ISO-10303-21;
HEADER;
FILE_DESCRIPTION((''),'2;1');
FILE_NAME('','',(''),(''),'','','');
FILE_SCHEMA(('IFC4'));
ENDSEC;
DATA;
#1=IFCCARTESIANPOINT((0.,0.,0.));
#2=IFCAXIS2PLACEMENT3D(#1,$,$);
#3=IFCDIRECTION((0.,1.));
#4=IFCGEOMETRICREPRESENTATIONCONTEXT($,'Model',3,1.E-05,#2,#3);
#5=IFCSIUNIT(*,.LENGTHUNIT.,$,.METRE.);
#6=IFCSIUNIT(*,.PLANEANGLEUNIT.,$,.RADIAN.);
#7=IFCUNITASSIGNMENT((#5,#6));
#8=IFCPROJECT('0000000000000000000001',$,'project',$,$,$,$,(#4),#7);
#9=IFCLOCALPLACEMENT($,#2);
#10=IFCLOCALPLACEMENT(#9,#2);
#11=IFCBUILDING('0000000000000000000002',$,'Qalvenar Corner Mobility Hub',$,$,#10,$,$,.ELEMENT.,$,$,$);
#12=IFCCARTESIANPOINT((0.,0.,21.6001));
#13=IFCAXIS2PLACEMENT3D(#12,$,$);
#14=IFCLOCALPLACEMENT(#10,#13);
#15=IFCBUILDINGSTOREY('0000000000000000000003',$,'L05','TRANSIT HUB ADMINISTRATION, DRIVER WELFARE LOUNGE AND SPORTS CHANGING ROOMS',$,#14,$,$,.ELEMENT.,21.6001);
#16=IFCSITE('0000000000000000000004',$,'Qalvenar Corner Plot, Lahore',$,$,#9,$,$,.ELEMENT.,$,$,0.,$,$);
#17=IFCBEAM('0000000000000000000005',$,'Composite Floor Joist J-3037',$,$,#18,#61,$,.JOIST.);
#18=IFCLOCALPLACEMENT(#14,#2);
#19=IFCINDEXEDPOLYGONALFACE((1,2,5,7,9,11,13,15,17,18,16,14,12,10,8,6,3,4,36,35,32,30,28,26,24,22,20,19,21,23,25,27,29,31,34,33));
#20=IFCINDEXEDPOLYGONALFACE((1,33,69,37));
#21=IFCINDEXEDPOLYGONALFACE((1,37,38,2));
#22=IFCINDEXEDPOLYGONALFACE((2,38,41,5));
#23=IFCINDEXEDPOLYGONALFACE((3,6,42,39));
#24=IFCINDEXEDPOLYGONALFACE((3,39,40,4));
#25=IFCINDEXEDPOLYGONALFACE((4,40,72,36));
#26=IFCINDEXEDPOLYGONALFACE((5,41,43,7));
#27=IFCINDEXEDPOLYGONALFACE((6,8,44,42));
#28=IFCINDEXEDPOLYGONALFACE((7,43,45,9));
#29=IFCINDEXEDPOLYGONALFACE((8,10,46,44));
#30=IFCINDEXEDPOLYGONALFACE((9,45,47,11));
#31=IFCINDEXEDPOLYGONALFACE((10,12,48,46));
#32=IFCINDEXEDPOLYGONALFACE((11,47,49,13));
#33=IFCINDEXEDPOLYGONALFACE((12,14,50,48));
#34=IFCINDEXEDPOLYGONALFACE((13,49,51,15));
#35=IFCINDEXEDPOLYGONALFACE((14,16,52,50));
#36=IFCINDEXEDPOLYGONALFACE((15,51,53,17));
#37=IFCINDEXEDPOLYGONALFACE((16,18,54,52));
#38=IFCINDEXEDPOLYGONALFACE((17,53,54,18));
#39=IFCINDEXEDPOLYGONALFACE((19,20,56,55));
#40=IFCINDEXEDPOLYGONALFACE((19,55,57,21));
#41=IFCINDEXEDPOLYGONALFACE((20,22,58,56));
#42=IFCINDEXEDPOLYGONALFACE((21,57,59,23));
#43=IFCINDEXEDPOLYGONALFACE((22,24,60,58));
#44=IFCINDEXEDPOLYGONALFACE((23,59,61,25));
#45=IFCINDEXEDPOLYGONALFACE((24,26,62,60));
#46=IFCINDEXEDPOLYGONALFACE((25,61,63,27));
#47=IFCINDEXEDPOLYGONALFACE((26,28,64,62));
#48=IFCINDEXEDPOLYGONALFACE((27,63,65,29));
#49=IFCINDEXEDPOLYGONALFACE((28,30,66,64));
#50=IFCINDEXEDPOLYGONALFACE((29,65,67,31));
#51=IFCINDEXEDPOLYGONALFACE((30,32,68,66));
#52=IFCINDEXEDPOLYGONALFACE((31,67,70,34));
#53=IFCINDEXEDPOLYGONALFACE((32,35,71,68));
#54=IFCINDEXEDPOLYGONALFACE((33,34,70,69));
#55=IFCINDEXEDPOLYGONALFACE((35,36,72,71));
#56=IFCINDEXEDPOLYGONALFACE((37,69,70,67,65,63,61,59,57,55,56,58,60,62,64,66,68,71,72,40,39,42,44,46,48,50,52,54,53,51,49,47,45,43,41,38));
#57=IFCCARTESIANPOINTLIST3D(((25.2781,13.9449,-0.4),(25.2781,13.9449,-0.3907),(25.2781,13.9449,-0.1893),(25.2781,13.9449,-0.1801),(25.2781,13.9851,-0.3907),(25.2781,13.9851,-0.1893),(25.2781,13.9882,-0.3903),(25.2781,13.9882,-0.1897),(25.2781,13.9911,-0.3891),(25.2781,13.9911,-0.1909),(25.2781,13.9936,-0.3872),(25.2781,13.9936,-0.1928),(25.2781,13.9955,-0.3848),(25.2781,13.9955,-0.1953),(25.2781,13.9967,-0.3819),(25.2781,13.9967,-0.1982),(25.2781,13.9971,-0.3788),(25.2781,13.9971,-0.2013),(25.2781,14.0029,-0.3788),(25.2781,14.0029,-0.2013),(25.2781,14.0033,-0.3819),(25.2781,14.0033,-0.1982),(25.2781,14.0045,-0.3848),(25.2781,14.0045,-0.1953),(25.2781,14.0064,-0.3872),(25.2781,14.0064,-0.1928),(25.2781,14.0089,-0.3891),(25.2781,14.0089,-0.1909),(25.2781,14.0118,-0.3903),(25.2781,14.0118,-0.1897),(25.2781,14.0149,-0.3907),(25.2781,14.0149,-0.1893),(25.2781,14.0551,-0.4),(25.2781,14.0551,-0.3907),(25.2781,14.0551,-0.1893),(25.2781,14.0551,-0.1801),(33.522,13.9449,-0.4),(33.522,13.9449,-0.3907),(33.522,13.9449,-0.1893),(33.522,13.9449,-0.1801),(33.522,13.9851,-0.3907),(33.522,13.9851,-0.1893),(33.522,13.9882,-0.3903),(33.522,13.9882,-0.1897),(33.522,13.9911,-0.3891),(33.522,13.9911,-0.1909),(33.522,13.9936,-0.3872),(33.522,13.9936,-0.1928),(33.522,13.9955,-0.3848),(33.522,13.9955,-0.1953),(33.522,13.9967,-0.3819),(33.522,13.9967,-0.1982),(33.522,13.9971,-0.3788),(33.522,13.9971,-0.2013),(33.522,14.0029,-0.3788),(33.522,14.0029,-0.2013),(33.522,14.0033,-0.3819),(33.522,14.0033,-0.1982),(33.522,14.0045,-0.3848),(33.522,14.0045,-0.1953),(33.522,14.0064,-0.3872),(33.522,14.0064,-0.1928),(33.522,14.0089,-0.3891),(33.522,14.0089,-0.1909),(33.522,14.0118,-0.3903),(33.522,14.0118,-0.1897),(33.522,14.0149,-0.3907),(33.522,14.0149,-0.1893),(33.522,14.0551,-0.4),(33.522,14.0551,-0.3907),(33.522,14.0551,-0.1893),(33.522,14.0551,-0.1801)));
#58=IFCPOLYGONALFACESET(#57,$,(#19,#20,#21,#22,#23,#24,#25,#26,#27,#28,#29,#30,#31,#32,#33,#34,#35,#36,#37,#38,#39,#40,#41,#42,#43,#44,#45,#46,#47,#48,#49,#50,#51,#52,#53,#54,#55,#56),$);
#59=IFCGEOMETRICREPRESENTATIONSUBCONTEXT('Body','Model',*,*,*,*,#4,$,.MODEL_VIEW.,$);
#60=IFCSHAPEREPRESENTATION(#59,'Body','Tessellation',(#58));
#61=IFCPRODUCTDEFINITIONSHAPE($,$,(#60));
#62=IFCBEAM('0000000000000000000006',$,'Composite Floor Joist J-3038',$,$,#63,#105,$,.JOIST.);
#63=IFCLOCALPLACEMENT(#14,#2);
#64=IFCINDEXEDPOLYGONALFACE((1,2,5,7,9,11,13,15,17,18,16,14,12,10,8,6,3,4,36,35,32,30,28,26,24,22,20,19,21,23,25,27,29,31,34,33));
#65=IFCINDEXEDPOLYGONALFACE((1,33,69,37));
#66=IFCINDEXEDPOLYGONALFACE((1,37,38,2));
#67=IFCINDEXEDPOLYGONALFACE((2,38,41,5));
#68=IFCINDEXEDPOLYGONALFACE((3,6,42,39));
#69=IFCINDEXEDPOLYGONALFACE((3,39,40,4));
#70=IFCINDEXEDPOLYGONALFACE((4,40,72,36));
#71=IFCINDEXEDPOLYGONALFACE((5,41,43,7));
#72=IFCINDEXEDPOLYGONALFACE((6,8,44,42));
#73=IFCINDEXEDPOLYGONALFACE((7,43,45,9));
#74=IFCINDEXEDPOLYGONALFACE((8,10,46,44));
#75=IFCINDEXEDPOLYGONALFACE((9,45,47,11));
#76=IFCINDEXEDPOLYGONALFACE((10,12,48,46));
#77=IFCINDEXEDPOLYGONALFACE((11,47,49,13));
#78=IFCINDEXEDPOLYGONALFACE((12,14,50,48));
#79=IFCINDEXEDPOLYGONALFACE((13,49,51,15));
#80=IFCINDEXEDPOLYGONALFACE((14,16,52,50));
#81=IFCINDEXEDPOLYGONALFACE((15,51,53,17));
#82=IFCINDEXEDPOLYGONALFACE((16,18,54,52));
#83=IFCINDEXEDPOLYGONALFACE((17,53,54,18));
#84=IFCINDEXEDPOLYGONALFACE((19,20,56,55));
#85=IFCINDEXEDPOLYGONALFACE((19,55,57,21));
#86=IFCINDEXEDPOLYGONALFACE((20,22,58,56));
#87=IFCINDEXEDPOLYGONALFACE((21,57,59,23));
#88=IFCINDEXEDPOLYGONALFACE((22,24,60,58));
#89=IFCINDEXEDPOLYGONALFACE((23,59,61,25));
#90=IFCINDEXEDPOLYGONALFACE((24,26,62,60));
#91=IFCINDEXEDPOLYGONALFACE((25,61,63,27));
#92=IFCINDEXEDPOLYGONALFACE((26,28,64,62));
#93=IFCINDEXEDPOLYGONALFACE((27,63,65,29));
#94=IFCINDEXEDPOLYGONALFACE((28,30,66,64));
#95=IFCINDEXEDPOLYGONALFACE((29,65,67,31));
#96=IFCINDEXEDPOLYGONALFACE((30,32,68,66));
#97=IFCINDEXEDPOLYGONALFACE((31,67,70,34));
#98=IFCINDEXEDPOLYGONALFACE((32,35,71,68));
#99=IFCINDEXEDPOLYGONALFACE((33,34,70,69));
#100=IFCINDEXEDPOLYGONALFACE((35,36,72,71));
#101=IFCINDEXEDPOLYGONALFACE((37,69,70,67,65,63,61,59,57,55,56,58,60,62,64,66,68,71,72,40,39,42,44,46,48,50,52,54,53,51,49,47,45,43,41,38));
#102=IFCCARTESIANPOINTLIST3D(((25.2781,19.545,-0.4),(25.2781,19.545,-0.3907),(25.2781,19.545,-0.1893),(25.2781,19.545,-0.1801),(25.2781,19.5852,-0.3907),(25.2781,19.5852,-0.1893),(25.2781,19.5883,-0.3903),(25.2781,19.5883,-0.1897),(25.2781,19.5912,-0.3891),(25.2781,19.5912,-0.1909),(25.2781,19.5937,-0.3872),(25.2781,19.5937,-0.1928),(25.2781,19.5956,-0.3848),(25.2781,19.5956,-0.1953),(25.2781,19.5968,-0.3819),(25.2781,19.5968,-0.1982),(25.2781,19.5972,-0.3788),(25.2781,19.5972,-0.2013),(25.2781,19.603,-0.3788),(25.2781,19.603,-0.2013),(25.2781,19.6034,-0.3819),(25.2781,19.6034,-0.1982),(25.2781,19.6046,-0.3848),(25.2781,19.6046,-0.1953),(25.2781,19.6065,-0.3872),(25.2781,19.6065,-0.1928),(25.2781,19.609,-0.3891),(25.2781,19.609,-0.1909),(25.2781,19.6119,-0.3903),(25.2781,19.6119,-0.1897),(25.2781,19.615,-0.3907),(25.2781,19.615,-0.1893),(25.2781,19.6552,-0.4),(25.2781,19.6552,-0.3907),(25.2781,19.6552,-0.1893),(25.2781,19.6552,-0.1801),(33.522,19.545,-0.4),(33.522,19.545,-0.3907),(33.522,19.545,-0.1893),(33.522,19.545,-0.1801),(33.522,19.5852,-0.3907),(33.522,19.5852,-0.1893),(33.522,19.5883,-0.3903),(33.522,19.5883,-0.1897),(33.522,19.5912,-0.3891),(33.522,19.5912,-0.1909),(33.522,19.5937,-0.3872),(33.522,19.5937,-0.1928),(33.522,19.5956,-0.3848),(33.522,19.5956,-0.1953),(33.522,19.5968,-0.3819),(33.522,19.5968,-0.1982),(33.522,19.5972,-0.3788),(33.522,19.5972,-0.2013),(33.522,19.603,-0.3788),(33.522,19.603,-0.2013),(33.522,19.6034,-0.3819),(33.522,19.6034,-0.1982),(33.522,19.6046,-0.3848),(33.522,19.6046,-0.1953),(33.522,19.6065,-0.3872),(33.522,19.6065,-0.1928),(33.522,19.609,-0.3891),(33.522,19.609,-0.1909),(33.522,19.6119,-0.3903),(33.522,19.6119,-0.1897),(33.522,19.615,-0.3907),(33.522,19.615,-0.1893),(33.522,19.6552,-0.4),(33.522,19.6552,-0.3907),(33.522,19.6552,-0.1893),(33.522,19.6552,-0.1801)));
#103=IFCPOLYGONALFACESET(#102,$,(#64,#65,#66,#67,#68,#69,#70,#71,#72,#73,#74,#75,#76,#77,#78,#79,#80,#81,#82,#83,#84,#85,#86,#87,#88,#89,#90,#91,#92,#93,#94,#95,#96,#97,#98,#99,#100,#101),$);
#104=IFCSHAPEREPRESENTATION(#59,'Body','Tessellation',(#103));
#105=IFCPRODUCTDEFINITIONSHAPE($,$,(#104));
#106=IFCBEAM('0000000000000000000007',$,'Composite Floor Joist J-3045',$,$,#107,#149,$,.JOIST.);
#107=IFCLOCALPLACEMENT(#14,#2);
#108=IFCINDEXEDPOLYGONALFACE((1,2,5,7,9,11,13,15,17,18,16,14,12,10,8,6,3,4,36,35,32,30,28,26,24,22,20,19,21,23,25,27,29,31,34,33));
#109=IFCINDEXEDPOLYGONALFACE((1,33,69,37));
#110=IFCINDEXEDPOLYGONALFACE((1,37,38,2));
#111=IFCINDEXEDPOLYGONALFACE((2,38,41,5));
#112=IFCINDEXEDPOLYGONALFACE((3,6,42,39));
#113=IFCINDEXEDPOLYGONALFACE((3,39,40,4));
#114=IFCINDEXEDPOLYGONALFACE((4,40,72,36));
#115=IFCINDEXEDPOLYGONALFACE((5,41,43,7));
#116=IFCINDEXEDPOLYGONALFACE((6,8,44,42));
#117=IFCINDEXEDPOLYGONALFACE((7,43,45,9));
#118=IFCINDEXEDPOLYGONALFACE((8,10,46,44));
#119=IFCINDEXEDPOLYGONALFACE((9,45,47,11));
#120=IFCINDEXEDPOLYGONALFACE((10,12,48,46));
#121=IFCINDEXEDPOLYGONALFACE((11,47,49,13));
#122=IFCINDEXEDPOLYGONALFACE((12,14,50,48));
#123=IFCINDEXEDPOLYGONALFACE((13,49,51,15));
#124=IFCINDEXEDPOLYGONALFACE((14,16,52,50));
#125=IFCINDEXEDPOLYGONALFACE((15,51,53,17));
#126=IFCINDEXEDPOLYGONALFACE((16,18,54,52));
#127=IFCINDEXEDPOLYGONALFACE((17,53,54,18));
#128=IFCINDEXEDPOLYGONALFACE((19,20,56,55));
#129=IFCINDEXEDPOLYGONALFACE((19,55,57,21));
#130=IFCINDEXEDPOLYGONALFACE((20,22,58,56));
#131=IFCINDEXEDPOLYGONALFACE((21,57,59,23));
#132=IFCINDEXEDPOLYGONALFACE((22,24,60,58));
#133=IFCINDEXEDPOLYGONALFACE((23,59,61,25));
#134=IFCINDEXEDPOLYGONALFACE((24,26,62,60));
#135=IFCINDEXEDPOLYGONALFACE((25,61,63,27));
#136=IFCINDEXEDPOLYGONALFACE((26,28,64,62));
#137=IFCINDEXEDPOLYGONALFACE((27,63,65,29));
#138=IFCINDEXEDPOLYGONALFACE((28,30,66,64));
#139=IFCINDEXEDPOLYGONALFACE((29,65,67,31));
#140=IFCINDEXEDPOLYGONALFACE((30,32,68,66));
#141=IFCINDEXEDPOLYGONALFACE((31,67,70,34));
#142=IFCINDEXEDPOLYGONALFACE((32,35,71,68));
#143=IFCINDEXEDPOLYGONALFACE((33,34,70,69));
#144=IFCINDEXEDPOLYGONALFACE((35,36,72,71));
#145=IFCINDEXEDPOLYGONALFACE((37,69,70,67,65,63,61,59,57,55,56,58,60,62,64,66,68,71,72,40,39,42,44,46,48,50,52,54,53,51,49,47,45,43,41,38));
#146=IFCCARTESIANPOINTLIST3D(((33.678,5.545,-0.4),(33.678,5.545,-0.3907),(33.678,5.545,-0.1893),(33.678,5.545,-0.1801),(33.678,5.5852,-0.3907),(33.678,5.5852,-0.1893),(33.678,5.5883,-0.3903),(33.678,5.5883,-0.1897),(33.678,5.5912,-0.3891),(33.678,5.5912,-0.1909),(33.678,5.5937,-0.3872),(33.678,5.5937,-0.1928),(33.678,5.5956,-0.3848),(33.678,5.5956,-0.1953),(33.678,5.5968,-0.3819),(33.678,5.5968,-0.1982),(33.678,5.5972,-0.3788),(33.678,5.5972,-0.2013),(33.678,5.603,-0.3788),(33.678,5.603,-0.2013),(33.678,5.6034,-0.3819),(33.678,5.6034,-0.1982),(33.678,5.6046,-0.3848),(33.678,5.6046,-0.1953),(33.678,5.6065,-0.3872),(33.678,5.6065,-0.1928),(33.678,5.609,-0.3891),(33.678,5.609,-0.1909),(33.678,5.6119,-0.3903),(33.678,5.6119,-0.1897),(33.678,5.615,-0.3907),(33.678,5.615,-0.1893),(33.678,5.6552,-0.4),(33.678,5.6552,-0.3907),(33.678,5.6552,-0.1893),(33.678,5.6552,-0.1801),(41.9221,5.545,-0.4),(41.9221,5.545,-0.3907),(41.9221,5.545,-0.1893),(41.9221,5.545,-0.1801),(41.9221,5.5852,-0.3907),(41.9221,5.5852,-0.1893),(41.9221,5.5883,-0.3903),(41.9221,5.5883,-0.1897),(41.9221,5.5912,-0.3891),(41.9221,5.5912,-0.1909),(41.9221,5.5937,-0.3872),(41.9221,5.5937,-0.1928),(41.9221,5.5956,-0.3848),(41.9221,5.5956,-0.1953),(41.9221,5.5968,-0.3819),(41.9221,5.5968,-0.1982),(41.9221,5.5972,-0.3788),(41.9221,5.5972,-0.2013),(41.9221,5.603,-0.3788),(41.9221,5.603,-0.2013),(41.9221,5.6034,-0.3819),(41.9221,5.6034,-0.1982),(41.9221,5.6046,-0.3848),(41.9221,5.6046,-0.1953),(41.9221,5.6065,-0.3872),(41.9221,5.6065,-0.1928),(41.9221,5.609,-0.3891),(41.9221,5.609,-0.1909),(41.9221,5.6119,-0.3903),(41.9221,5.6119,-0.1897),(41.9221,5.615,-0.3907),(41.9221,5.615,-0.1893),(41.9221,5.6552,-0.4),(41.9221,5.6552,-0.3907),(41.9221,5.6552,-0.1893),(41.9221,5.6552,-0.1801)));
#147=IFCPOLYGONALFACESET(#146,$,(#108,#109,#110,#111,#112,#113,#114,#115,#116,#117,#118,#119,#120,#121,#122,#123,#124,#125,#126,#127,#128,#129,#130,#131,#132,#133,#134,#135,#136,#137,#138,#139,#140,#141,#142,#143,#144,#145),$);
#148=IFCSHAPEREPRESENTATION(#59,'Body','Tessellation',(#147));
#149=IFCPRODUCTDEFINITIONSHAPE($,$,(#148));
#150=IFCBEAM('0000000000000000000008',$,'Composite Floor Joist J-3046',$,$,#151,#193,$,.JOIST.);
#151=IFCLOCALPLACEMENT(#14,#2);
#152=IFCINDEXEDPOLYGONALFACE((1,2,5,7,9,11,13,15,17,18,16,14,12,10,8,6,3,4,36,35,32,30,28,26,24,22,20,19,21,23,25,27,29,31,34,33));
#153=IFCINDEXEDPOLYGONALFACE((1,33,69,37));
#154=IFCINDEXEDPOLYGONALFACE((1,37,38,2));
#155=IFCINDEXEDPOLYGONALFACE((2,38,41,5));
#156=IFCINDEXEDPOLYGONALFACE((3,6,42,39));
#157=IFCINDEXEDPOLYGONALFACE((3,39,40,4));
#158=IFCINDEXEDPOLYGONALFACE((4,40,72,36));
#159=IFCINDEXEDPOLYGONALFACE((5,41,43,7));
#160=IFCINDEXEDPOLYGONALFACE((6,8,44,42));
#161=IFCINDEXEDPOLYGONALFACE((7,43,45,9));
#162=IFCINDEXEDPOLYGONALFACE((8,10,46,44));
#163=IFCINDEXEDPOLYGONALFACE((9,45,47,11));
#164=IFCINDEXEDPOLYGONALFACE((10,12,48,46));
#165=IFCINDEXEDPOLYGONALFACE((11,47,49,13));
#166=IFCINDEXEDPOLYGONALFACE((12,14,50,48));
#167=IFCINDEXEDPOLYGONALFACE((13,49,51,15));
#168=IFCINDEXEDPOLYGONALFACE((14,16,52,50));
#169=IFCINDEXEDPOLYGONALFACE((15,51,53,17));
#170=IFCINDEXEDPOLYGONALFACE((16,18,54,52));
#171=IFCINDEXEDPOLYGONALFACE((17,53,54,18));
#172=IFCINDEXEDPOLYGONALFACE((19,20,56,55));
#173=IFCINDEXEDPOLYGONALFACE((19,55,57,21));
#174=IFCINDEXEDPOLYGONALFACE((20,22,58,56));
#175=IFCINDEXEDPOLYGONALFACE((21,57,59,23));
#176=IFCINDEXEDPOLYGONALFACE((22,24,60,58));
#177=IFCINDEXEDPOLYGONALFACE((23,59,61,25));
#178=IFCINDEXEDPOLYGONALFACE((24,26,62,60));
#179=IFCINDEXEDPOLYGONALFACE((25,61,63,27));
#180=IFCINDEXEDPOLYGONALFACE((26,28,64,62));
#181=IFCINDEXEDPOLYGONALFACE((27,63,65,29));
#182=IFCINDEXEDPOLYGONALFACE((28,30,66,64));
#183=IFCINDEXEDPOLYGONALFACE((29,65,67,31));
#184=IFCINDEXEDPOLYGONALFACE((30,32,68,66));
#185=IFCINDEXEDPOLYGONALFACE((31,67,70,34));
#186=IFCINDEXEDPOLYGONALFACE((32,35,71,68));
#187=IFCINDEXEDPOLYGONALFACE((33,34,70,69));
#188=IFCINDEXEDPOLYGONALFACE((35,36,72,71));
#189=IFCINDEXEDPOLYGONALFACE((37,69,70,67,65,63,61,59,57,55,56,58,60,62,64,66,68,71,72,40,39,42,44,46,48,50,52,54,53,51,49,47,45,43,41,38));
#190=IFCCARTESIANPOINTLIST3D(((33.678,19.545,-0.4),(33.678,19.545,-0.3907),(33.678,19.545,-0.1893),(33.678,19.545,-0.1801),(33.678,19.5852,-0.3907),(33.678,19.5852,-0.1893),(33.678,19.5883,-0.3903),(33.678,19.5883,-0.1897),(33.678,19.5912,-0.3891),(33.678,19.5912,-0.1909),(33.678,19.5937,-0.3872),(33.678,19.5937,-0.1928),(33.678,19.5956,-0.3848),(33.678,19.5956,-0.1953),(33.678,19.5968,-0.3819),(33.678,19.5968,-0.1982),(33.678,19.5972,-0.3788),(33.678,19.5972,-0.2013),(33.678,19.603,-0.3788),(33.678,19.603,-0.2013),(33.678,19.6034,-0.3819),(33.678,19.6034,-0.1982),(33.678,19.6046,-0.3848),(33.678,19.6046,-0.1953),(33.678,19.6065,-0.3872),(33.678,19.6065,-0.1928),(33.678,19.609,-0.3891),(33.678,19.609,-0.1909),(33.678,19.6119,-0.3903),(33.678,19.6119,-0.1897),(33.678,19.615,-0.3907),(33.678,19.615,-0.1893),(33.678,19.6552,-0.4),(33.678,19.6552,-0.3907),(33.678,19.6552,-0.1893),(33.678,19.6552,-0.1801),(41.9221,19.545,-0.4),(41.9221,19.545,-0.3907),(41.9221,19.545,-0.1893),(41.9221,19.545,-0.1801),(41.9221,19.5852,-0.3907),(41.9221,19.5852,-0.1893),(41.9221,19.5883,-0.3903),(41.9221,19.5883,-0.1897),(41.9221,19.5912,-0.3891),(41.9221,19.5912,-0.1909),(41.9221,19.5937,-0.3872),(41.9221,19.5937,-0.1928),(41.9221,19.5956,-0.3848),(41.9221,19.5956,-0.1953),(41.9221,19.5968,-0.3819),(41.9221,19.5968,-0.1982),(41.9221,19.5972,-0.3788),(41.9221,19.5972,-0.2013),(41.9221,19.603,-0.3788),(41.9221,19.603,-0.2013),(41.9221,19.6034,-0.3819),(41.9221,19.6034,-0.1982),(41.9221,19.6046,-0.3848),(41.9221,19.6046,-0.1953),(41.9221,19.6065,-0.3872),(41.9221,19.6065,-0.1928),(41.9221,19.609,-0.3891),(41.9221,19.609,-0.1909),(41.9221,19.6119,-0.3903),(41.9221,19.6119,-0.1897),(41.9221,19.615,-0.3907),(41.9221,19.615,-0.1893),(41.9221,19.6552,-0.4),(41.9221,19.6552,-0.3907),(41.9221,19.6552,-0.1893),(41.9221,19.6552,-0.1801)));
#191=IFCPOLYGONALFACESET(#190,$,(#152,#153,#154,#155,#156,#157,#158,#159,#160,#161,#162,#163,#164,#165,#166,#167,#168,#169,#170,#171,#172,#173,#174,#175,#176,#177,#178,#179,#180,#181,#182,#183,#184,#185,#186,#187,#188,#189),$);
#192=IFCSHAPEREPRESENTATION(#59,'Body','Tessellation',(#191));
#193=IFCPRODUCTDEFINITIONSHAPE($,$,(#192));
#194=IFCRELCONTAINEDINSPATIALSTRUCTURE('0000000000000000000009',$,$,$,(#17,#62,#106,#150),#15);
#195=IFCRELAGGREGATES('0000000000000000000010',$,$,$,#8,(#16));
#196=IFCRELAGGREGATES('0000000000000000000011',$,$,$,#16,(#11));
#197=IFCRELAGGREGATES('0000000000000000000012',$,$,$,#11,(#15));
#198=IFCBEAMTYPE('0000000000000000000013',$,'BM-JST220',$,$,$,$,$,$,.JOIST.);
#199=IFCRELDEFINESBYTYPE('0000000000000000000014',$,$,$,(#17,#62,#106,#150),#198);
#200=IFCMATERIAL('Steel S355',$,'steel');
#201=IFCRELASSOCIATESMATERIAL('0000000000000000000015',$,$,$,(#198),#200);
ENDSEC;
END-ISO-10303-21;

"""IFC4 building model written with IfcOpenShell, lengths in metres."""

from ifc_helpers import new_model, si_unit, direction, frame, origin, origin_2d, place, context, subcontext, project, spatial, i_section, extrude, material, material_profile, profile_set, type_object, element, save


model = new_model("IFC4")

# Units and contexts
model_context = context("Model", 3, precision=1e-05, world=origin(), true_north=direction((0.0, 1.0)))
body_context = subcontext(model_context, "Body", "Model", "MODEL_VIEW")
ifc_project = project(units=[si_unit("LENGTHUNIT", "METRE"), si_unit("PLANEANGLEUNIT", "RADIAN")], contexts=[model_context])

# Site, building, storey
site_placement = place(None, origin())
site = spatial("IfcSite", under=ifc_project, at=site_placement, Name="Qalvenar Corner Plot, Lahore", CompositionType="ELEMENT", RefElevation=0.0)
building_placement = place(site_placement, origin())
building = spatial("IfcBuilding", under=site, at=building_placement, Name="Qalvenar Corner Mobility Hub", CompositionType="ELEMENT")
storey_placement = place(building_placement, frame((0.0, 0.0, 21.6001)))
storey = spatial("IfcBuildingStorey", under=building, at=storey_placement, Name="L05", Description="TRANSIT HUB ADMINISTRATION, DRIVER WELFARE LOUNGE AND SPORTS CHANGING ROOMS", CompositionType="ELEMENT", Elevation=21.6001)

# Shared definitions
ifc_material_1 = material(Name="Steel S355", Category="steel")

# Beams
ifc_material_profile_1 = material_profile(ifc_material_1, i_section(OverallWidth=0.1101, OverallDepth=0.22, WebThickness=0.0059, FlangeThickness=0.0093, FilletRadius=0.012, at=origin_2d()), Name="IPE220")
ifc_profile_set_1 = profile_set([ifc_material_profile_1], Name="Steel S355")
beam_type_1 = type_object("IfcBeamType", Name="BM-JST220", PredefinedType="JOIST", material=ifc_profile_set_1)
for number, where, z_axis, x_axis, name in (
    (1, (25.2781, 14.0, -0.29), (1.0, 0.0, 0.0), (0.0, 1.0, 0.0), "Composite Floor Joist J-3037"),
    (2, (25.2781, 19.6001, -0.29), (1.0, 0.0, 0.0), (0.0, 1.0, 0.0), "Composite Floor Joist J-3038"),
):
    element("IfcBeam", number, at=place(storey_placement, frame(where, z_axis=z_axis, x_axis=x_axis)), inside=storey, type_object=beam_type_1, Name=name, PredefinedType="JOIST", context=body_context, shape_type="SweptSolid", body=[
        extrude(i_section(OverallWidth=0.1101, OverallDepth=0.22, WebThickness=0.0059, FlangeThickness=0.0093, FilletRadius=0.012, at=origin_2d()), origin(), (0.0, 0.0, 1.0), 8.2439),
    ])
for number, where, z_axis, x_axis, name in (
    (3, (33.678, 5.6001, -0.29), (1.0, 0.0, 0.0), (0.0, 1.0, 0.0), "Composite Floor Joist J-3045"),
    (4, (33.678, 19.6001, -0.29), (1.0, 0.0, 0.0), (0.0, 1.0, 0.0), "Composite Floor Joist J-3046"),
):
    element("IfcBeam", number, at=place(storey_placement, frame(where, z_axis=z_axis, x_axis=x_axis)), inside=storey, type_object=beam_type_1, Name=name, PredefinedType="JOIST", context=body_context, shape_type="SweptSolid", body=[
        extrude(i_section(OverallWidth=0.1101, OverallDepth=0.22, WebThickness=0.0059, FlangeThickness=0.0093, FilletRadius=0.012, at=origin_2d()), origin(), (0.0, 0.0, 1.0), 8.2441),
    ])

save(model, "model.ifc")
